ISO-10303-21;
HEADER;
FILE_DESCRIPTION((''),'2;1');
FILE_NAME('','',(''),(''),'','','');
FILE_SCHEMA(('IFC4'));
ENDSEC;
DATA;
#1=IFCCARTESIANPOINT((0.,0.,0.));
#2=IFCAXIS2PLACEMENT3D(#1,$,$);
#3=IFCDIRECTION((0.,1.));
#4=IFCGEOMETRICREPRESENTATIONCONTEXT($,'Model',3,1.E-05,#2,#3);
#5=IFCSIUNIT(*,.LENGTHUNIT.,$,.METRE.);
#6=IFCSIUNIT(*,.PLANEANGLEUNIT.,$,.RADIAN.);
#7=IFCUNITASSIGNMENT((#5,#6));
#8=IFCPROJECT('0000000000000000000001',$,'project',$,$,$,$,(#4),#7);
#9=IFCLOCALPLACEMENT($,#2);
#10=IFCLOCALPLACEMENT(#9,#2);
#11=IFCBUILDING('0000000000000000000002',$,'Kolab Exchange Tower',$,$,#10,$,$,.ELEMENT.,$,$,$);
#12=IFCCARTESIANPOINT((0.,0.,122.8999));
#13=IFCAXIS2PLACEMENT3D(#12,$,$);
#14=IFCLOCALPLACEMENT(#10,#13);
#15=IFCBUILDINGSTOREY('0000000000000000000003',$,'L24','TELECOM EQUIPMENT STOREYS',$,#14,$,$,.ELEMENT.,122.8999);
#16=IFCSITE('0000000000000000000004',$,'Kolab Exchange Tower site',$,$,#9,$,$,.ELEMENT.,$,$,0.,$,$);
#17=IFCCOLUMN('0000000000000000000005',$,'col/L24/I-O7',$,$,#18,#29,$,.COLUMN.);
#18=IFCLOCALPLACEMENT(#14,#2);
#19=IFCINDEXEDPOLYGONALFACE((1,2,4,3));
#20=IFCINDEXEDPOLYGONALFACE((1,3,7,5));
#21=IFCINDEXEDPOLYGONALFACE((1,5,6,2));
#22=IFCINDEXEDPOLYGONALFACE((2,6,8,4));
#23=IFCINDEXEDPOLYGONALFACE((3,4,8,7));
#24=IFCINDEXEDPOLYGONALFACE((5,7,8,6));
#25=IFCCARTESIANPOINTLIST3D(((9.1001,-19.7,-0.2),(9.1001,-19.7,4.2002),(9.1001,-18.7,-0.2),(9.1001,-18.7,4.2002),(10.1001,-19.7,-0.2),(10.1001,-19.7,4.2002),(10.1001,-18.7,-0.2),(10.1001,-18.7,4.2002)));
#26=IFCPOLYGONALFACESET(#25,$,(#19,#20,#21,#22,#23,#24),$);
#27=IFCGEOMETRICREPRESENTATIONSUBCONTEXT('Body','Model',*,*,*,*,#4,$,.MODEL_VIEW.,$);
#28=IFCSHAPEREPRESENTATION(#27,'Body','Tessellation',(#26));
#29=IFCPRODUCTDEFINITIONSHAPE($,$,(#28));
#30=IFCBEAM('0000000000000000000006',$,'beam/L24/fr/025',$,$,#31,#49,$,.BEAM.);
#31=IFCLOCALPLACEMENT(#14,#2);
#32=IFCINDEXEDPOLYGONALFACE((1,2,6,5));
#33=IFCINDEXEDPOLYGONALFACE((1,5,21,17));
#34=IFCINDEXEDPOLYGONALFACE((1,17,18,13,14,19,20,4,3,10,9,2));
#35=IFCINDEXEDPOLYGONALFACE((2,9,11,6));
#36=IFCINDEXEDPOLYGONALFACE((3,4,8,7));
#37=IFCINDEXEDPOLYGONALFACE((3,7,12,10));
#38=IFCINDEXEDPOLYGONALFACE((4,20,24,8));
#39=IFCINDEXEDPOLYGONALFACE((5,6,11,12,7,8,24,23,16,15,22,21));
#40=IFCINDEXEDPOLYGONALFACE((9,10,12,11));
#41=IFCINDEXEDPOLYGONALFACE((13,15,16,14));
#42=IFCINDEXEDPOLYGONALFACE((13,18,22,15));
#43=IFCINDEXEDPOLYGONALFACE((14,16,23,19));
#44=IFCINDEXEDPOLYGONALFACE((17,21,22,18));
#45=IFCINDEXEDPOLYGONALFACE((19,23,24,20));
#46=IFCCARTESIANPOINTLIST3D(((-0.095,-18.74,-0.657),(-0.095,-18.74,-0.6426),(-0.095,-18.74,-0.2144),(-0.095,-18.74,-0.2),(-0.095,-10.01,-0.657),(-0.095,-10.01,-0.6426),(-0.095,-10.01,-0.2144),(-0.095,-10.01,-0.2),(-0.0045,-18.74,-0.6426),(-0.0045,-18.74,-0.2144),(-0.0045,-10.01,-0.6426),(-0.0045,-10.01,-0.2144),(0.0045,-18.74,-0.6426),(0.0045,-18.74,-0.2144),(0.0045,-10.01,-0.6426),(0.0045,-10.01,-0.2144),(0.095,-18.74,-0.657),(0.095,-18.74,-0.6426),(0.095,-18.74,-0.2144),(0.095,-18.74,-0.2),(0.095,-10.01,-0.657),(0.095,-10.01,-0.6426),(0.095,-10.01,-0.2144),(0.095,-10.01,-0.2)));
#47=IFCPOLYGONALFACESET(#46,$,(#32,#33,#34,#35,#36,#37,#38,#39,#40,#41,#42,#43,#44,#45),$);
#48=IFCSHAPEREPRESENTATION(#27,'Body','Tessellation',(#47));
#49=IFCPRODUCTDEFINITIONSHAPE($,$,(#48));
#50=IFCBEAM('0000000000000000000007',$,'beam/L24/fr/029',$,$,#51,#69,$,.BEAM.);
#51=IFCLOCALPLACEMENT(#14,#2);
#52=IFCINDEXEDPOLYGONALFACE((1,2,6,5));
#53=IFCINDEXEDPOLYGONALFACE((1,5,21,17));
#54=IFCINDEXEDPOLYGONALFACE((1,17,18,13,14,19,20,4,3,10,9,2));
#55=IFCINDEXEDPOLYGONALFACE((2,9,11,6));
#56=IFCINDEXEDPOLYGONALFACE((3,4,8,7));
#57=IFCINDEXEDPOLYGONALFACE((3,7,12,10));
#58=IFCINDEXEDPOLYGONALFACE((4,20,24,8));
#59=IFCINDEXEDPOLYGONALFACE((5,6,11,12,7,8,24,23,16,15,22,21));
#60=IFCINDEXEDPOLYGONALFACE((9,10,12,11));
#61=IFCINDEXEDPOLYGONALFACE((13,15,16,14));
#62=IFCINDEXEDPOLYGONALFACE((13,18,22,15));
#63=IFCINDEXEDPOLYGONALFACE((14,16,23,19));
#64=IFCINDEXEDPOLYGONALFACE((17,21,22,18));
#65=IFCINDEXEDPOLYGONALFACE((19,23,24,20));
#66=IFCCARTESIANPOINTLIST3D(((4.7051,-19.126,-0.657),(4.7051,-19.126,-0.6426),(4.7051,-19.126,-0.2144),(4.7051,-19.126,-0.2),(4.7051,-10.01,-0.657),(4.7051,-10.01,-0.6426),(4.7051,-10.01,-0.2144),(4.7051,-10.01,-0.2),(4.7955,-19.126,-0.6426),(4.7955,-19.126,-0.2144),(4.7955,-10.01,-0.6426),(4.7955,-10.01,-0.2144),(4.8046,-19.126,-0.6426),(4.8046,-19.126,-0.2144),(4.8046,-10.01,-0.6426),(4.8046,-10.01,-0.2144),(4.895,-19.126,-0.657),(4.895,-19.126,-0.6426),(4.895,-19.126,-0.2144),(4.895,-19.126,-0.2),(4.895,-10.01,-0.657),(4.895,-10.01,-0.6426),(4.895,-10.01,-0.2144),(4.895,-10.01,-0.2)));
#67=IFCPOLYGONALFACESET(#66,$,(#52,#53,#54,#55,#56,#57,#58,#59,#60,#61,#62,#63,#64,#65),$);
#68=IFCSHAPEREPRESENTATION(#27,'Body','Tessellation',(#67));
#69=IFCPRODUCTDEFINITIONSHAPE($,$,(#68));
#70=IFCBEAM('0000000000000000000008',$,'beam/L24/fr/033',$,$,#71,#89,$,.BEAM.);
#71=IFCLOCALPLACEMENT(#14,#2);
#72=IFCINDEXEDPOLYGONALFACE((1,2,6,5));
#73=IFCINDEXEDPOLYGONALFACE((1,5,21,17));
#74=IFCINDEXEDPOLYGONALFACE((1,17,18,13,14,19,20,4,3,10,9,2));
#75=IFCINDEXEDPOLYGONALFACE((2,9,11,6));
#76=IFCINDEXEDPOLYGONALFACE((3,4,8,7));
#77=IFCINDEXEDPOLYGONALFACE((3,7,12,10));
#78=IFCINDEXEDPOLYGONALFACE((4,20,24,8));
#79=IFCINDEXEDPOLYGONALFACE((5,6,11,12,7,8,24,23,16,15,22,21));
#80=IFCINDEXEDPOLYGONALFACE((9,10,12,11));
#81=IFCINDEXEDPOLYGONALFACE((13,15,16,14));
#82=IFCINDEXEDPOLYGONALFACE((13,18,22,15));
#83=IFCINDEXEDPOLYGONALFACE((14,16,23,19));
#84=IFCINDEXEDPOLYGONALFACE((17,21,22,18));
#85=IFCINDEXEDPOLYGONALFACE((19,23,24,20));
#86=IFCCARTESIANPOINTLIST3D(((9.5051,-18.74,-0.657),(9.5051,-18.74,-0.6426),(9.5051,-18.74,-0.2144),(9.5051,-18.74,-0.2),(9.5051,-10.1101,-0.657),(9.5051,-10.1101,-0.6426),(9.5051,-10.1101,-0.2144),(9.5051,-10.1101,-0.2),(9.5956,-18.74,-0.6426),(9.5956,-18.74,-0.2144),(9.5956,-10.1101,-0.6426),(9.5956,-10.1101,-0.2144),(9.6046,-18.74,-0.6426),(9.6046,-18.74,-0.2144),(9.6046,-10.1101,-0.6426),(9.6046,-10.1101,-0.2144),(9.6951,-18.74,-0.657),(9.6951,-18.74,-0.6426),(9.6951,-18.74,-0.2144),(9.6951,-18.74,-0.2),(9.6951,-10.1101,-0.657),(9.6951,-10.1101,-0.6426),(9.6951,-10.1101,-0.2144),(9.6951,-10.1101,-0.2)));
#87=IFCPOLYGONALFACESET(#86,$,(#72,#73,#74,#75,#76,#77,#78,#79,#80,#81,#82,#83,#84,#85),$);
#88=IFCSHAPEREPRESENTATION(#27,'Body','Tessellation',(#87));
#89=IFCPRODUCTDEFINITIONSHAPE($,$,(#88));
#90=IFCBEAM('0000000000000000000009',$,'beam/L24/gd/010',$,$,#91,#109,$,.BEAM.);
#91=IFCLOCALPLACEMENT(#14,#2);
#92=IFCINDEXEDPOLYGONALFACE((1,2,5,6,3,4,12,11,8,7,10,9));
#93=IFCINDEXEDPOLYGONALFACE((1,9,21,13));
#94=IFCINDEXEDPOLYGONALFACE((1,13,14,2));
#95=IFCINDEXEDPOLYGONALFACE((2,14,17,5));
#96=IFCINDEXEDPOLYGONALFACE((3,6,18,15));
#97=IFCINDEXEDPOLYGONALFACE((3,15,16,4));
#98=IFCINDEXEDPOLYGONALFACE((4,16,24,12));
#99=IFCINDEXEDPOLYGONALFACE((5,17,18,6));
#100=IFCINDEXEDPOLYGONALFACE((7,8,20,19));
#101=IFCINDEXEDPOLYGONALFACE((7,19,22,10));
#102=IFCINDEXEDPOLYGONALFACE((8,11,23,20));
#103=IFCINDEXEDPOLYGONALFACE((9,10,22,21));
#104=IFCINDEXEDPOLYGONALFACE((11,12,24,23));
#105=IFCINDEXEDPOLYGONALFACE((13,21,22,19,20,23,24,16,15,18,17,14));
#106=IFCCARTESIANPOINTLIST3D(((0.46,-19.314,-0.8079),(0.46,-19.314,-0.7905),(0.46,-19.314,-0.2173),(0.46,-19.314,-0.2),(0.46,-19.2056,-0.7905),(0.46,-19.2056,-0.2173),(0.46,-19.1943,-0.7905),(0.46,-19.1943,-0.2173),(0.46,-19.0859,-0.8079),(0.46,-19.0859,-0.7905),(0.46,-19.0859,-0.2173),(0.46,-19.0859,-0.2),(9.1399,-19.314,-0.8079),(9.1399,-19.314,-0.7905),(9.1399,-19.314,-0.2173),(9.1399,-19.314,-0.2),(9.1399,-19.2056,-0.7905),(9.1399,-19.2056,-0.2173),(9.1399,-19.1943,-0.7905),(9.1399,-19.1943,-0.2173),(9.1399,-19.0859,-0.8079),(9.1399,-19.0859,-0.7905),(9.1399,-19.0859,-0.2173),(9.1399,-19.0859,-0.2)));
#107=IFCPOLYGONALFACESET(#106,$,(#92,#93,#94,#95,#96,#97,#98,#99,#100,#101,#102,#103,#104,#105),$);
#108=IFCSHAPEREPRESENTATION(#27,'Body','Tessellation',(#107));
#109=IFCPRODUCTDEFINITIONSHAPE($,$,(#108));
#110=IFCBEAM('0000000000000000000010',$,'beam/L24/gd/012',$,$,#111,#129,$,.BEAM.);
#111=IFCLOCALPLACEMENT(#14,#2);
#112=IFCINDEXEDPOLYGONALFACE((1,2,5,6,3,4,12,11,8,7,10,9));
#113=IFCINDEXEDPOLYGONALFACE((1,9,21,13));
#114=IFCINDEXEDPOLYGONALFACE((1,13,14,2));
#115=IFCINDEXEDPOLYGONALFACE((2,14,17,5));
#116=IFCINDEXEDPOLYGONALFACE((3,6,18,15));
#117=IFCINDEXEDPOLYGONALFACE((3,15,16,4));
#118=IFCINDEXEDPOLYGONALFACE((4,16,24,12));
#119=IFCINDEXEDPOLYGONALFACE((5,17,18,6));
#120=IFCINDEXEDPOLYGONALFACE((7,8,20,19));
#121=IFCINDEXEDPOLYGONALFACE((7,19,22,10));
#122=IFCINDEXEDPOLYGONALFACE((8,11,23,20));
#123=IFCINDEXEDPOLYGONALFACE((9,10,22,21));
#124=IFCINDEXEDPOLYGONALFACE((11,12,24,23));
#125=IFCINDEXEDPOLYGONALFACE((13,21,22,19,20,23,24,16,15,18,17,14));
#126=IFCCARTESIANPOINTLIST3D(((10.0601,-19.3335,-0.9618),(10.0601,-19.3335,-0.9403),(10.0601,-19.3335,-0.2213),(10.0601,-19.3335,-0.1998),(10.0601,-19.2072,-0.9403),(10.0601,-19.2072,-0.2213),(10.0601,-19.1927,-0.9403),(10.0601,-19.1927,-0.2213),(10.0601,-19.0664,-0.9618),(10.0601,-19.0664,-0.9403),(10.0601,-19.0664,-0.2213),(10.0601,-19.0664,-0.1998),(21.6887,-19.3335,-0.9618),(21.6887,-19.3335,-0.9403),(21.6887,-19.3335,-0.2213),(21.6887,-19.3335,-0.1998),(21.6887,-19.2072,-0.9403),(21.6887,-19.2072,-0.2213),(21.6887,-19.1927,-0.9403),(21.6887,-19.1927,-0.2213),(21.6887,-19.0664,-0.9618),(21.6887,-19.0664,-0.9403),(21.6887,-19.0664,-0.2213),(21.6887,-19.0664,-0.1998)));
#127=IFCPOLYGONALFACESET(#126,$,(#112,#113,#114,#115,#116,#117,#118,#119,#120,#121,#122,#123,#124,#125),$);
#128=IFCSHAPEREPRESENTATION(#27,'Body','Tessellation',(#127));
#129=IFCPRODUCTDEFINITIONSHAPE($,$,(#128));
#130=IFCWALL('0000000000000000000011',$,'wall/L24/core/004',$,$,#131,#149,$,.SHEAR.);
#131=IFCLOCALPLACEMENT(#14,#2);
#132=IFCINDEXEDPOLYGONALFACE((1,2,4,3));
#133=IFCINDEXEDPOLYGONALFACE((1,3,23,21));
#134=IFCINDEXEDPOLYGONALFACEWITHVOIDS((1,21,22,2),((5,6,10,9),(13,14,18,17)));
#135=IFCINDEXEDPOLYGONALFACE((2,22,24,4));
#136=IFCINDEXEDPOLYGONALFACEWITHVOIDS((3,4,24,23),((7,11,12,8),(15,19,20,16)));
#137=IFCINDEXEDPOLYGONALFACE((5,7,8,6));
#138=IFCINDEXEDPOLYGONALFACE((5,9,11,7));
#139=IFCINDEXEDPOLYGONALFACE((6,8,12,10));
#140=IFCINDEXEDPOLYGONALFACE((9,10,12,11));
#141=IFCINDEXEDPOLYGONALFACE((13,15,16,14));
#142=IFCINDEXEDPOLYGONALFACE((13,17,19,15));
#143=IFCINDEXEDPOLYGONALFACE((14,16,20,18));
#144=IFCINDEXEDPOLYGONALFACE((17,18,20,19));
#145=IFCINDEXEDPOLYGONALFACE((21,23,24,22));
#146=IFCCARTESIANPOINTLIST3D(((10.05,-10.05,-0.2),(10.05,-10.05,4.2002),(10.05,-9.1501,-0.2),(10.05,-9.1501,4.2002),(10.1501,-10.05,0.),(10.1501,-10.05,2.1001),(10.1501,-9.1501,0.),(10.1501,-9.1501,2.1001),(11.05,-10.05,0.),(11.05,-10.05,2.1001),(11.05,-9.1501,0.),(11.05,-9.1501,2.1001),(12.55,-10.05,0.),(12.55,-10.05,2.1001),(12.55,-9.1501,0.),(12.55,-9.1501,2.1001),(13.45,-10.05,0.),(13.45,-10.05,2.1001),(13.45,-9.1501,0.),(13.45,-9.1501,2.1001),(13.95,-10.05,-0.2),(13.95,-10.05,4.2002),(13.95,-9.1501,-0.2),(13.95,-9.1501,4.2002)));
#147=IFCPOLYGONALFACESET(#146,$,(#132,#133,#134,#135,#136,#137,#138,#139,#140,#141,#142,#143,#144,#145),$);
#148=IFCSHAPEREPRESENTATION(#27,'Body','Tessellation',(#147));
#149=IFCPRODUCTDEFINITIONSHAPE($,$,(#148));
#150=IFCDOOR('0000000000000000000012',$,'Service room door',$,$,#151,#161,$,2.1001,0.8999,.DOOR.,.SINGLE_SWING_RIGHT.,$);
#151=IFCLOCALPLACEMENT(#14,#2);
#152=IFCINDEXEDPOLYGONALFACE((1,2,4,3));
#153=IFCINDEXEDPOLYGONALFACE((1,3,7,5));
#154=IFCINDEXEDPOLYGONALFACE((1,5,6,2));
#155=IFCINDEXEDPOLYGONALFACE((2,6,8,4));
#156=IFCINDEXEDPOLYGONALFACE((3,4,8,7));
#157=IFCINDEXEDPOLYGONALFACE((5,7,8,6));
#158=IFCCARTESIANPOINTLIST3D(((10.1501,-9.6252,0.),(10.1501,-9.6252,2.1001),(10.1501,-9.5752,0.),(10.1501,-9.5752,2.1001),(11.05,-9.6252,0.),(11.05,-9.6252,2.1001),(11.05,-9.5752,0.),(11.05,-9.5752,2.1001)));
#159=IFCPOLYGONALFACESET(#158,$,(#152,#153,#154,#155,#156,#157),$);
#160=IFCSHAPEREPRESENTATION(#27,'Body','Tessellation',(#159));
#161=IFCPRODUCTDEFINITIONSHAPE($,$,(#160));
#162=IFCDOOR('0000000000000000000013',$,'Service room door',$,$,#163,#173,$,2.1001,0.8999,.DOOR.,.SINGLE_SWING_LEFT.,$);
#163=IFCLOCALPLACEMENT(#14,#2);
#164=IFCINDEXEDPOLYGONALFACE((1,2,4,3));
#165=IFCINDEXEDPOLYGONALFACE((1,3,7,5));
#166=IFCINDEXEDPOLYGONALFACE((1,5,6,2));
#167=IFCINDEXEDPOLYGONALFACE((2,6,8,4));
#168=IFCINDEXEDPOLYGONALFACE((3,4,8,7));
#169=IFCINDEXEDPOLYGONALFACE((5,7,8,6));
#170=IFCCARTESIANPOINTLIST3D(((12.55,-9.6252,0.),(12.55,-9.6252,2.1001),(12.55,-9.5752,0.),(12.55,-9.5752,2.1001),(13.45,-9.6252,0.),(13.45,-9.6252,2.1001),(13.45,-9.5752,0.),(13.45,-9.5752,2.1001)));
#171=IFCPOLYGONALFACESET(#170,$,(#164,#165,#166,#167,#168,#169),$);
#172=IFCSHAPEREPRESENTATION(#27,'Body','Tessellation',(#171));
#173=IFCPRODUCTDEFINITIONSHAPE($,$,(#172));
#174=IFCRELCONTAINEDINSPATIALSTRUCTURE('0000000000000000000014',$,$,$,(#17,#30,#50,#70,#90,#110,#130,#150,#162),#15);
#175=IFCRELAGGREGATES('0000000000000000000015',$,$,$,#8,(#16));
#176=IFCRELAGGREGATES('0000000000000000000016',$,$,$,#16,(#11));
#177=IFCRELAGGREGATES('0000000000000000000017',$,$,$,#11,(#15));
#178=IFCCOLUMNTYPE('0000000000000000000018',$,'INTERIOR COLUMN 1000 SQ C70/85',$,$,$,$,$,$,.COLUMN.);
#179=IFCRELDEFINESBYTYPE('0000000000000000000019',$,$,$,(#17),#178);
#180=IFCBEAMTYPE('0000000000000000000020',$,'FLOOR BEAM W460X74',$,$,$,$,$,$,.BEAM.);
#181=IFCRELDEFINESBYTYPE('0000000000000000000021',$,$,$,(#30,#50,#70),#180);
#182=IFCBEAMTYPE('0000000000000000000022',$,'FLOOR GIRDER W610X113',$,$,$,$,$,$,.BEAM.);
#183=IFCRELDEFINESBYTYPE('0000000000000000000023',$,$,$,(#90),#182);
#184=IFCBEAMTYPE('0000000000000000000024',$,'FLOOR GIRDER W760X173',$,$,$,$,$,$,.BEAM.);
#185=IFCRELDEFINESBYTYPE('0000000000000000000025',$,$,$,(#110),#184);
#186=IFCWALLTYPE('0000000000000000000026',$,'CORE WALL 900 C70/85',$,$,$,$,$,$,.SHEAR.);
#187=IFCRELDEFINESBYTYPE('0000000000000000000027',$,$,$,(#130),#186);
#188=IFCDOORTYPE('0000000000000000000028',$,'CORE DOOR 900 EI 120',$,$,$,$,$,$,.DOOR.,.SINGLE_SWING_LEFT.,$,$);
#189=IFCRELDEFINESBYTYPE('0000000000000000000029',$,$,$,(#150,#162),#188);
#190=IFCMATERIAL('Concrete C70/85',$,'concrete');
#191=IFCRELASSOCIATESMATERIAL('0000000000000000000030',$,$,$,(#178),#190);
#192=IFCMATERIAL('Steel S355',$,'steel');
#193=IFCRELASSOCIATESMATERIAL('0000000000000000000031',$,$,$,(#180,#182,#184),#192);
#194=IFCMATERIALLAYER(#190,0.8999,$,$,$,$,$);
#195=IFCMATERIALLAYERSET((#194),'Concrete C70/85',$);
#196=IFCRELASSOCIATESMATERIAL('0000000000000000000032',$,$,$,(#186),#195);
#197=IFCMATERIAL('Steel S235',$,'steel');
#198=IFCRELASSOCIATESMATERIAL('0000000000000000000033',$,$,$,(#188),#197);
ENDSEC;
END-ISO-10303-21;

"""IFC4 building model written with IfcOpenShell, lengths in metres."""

from ifc_helpers import new_model, si_unit, direction, frame, frame_2d, origin, origin_2d, place, context, subcontext, project, spatial, rectangle, i_section, extrude, material, layer, layer_set, material_profile, profile_set, type_object, element, fill, save


model = new_model("IFC4")

# Units and contexts
model_context = context("Model", 3, precision=1e-05, world=origin(), true_north=direction((0.0, 1.0)))
body_context = subcontext(model_context, "Body", "Model", "MODEL_VIEW")
ifc_project = project(units=[si_unit("LENGTHUNIT", "METRE"), si_unit("PLANEANGLEUNIT", "RADIAN")], contexts=[model_context])

# Site, building, storey
site_placement = place(None, origin())
site = spatial("IfcSite", under=ifc_project, at=site_placement, Name="Kolab Exchange Tower site", CompositionType="ELEMENT", RefElevation=0.0)
building_placement = place(site_placement, origin())
building = spatial("IfcBuilding", under=site, at=building_placement, Name="Kolab Exchange Tower", CompositionType="ELEMENT")
storey_placement = place(building_placement, frame((0.0, 0.0, 122.8999)))
storey = spatial("IfcBuildingStorey", under=building, at=storey_placement, Name="L24", Description="TELECOM EQUIPMENT STOREYS", CompositionType="ELEMENT", Elevation=122.8999)

# Column
ifc_material_1 = material(Name="Concrete C70/85", Category="concrete")
ifc_material_profile_1 = material_profile(ifc_material_1, rectangle(XDim=1.0, YDim=1.0, at=origin_2d()), Name="RC1000")
ifc_profile_set_1 = profile_set([ifc_material_profile_1], Name="Concrete C70/85")
column_type = type_object("IfcColumnType", Name="INTERIOR COLUMN 1000 SQ C70/85", PredefinedType="COLUMN", material=ifc_profile_set_1)
column_placement = place(storey_placement, frame((9.6001, -19.2, -0.2), z_axis=(0.0, 0.0, 1.0), x_axis=(1.0, 0.0, 0.0)))
element("IfcColumn", 1, at=column_placement, inside=storey, type_object=column_type, Name="col/L24/I-O7", PredefinedType="COLUMN", context=body_context, shape_type="SweptSolid", body=[
    extrude(rectangle(XDim=1.0, YDim=1.0, at=origin_2d()), origin(), (0.0, 0.0, 1.0), 4.4001),
])

# Beams
ifc_material_2 = material(Name="Steel S355", Category="steel")
ifc_material_profile_2 = material_profile(ifc_material_2, i_section(OverallWidth=0.1899, OverallDepth=0.457, WebThickness=0.009, FlangeThickness=0.0144, at=origin_2d()), Name="W460X74")
ifc_profile_set_2 = profile_set([ifc_material_profile_2], Name="Steel S355")
beam_type_1 = type_object("IfcBeamType", Name="FLOOR BEAM W460X74", PredefinedType="BEAM", material=ifc_profile_set_2)
beam_1_placement = place(storey_placement, frame((0.0, -18.74, -0.4285), z_axis=(0.0, 1.0, 0.0), x_axis=(-1.0, 0.0, 0.0)))
element("IfcBeam", 2, at=beam_1_placement, inside=storey, type_object=beam_type_1, Name="beam/L24/fr/025", PredefinedType="BEAM", context=body_context, shape_type="SweptSolid", body=[
    extrude(i_section(OverallWidth=0.1899, OverallDepth=0.457, WebThickness=0.009, FlangeThickness=0.0144, at=origin_2d()), origin(), (0.0, 0.0, 1.0), 8.73),
])
beam_2_placement = place(storey_placement, frame((4.8, -19.126, -0.4285), z_axis=(0.0, 1.0, 0.0), x_axis=(-1.0, 0.0, 0.0)))
element("IfcBeam", 3, at=beam_2_placement, inside=storey, type_object=beam_type_1, Name="beam/L24/fr/029", PredefinedType="BEAM", context=body_context, shape_type="SweptSolid", body=[
    extrude(i_section(OverallWidth=0.1899, OverallDepth=0.457, WebThickness=0.009, FlangeThickness=0.0144, at=origin_2d()), origin(), (0.0, 0.0, 1.0), 9.116),
])
beam_3_placement = place(storey_placement, frame((9.6001, -18.74, -0.4285), z_axis=(0.0, 1.0, 0.0), x_axis=(-1.0, 0.0, 0.0)))
element("IfcBeam", 4, at=beam_3_placement, inside=storey, type_object=beam_type_1, Name="beam/L24/fr/033", PredefinedType="BEAM", context=body_context, shape_type="SweptSolid", body=[
    extrude(i_section(OverallWidth=0.1899, OverallDepth=0.457, WebThickness=0.009, FlangeThickness=0.0144, at=origin_2d()), origin(), (0.0, 0.0, 1.0), 8.6299),
])
ifc_material_profile_3 = material_profile(ifc_material_2, i_section(OverallWidth=0.228, OverallDepth=0.6079, WebThickness=0.0112, FlangeThickness=0.0173, at=origin_2d()), Name="W610X113")
ifc_profile_set_3 = profile_set([ifc_material_profile_3], Name="Steel S355")
beam_type_2 = type_object("IfcBeamType", Name="FLOOR GIRDER W610X113", PredefinedType="BEAM", material=ifc_profile_set_3)
beam_4_placement = place(storey_placement, frame((0.46, -19.2, -0.5039), z_axis=(1.0, 0.0, 0.0), x_axis=(0.0, 1.0, 0.0)))
element("IfcBeam", 5, at=beam_4_placement, inside=storey, type_object=beam_type_2, Name="beam/L24/gd/010", PredefinedType="BEAM", context=body_context, shape_type="SweptSolid", body=[
    extrude(i_section(OverallWidth=0.228, OverallDepth=0.6079, WebThickness=0.0112, FlangeThickness=0.0173, at=origin_2d()), origin(), (0.0, 0.0, 1.0), 8.6799),
])
ifc_material_profile_4 = material_profile(ifc_material_2, i_section(OverallWidth=0.2671, OverallDepth=0.762, WebThickness=0.0144, FlangeThickness=0.0215, at=origin_2d()), Name="W760X173")
ifc_profile_set_4 = profile_set([ifc_material_profile_4], Name="Steel S355")
beam_type_3 = type_object("IfcBeamType", Name="FLOOR GIRDER W760X173", PredefinedType="BEAM", material=ifc_profile_set_4)
beam_5_placement = place(storey_placement, frame((10.0601, -19.2, -0.5808), z_axis=(1.0, 0.0, 0.0), x_axis=(0.0, 1.0, 0.0)))
element("IfcBeam", 6, at=beam_5_placement, inside=storey, type_object=beam_type_3, Name="beam/L24/gd/012", PredefinedType="BEAM", context=body_context, shape_type="SweptSolid", body=[
    extrude(i_section(OverallWidth=0.2671, OverallDepth=0.762, WebThickness=0.0144, FlangeThickness=0.0215, at=origin_2d()), origin(), (0.0, 0.0, 1.0), 11.6287),
])

# Wall, openings, doors
ifc_layer_1 = layer(ifc_material_1, 0.8999)
ifc_layer_set_1 = layer_set([ifc_layer_1], Name="Concrete C70/85")
wall_type_1 = type_object("IfcWallType", Name="CORE WALL 900 C70/85", PredefinedType="SHEAR", material=ifc_layer_set_1)
wall_1_placement = place(storey_placement, frame((10.05, -9.6001, -0.2), z_axis=(0.0, 0.0, 1.0), x_axis=(1.0, 0.0, 0.0)))
wall_1 = element("IfcWall", 7, at=wall_1_placement, inside=storey, type_object=wall_type_1, Name="wall/L24/core/004", PredefinedType="SHEAR", context=body_context, shape_type="SweptSolid", body=[
    extrude(rectangle(XDim=3.8999, YDim=0.8999, at=frame_2d((1.95, 0.0))), origin(), (0.0, 0.0, 1.0), 4.4001),
])
opening_1_placement = place(wall_1_placement, frame((0.1001, 0.0, 0.2)))
opening_1 = element("IfcOpeningElement", 8, at=opening_1_placement, cuts=wall_1, PredefinedType="OPENING", context=body_context, shape_type="SweptSolid", body=[
    extrude(rectangle(XDim=0.8999, YDim=2.1001, at=frame_2d((0.45, 1.05))), frame((0.0, 0.46, 0.0), z_axis=(0.0, -1.0, 0.0), x_axis=(1.0, 0.0, 0.0)), (0.0, 0.0, 1.0), 0.9199),
])
opening_2_placement = place(wall_1_placement, frame((2.5, 0.0, 0.2)))
opening_2 = element("IfcOpeningElement", 9, at=opening_2_placement, cuts=wall_1, PredefinedType="OPENING", context=body_context, shape_type="SweptSolid", body=[
    extrude(rectangle(XDim=0.8999, YDim=2.1001, at=frame_2d((0.45, 1.05))), frame((0.0, 0.46, 0.0), z_axis=(0.0, -1.0, 0.0), x_axis=(1.0, 0.0, 0.0)), (0.0, 0.0, 1.0), 0.9199),
])
ifc_material_3 = material(Name="Steel S235", Category="steel")
door_type_1 = type_object("IfcDoorType", Name="CORE DOOR 900 EI 120", OperationType="SINGLE_SWING_LEFT", PredefinedType="DOOR", material=ifc_material_3)
door_1_placement = place(opening_1_placement, origin())
door_1 = element("IfcDoor", 10, at=door_1_placement, inside=storey, type_object=door_type_1, Name="Service room door", OperationType="SINGLE_SWING_RIGHT", OverallHeight=2.1001, OverallWidth=0.8999, PredefinedType="DOOR", context=body_context, shape_type="SweptSolid", body=[
    extrude(rectangle(XDim=0.8999, YDim=2.1001, at=frame_2d((0.45, 1.05))), frame((0.0, 0.0249, 0.0), z_axis=(0.0, -1.0, 0.0), x_axis=(1.0, 0.0, 0.0)), (0.0, 0.0, 1.0), 0.05),
])
fill(opening_1, door_1)
door_2_placement = place(opening_2_placement, origin())
door_2 = element("IfcDoor", 11, at=door_2_placement, inside=storey, type_object=door_type_1, Name="Service room door", OperationType="SINGLE_SWING_LEFT", OverallHeight=2.1001, OverallWidth=0.8999, PredefinedType="DOOR", context=body_context, shape_type="SweptSolid", body=[
    extrude(rectangle(XDim=0.8999, YDim=2.1001, at=frame_2d((0.45, 1.05))), frame((0.0, 0.0249, 0.0), z_axis=(0.0, -1.0, 0.0), x_axis=(1.0, 0.0, 0.0)), (0.0, 0.0, 1.0), 0.05),
])
fill(opening_2, door_2)

save(model, "model.ifc")
